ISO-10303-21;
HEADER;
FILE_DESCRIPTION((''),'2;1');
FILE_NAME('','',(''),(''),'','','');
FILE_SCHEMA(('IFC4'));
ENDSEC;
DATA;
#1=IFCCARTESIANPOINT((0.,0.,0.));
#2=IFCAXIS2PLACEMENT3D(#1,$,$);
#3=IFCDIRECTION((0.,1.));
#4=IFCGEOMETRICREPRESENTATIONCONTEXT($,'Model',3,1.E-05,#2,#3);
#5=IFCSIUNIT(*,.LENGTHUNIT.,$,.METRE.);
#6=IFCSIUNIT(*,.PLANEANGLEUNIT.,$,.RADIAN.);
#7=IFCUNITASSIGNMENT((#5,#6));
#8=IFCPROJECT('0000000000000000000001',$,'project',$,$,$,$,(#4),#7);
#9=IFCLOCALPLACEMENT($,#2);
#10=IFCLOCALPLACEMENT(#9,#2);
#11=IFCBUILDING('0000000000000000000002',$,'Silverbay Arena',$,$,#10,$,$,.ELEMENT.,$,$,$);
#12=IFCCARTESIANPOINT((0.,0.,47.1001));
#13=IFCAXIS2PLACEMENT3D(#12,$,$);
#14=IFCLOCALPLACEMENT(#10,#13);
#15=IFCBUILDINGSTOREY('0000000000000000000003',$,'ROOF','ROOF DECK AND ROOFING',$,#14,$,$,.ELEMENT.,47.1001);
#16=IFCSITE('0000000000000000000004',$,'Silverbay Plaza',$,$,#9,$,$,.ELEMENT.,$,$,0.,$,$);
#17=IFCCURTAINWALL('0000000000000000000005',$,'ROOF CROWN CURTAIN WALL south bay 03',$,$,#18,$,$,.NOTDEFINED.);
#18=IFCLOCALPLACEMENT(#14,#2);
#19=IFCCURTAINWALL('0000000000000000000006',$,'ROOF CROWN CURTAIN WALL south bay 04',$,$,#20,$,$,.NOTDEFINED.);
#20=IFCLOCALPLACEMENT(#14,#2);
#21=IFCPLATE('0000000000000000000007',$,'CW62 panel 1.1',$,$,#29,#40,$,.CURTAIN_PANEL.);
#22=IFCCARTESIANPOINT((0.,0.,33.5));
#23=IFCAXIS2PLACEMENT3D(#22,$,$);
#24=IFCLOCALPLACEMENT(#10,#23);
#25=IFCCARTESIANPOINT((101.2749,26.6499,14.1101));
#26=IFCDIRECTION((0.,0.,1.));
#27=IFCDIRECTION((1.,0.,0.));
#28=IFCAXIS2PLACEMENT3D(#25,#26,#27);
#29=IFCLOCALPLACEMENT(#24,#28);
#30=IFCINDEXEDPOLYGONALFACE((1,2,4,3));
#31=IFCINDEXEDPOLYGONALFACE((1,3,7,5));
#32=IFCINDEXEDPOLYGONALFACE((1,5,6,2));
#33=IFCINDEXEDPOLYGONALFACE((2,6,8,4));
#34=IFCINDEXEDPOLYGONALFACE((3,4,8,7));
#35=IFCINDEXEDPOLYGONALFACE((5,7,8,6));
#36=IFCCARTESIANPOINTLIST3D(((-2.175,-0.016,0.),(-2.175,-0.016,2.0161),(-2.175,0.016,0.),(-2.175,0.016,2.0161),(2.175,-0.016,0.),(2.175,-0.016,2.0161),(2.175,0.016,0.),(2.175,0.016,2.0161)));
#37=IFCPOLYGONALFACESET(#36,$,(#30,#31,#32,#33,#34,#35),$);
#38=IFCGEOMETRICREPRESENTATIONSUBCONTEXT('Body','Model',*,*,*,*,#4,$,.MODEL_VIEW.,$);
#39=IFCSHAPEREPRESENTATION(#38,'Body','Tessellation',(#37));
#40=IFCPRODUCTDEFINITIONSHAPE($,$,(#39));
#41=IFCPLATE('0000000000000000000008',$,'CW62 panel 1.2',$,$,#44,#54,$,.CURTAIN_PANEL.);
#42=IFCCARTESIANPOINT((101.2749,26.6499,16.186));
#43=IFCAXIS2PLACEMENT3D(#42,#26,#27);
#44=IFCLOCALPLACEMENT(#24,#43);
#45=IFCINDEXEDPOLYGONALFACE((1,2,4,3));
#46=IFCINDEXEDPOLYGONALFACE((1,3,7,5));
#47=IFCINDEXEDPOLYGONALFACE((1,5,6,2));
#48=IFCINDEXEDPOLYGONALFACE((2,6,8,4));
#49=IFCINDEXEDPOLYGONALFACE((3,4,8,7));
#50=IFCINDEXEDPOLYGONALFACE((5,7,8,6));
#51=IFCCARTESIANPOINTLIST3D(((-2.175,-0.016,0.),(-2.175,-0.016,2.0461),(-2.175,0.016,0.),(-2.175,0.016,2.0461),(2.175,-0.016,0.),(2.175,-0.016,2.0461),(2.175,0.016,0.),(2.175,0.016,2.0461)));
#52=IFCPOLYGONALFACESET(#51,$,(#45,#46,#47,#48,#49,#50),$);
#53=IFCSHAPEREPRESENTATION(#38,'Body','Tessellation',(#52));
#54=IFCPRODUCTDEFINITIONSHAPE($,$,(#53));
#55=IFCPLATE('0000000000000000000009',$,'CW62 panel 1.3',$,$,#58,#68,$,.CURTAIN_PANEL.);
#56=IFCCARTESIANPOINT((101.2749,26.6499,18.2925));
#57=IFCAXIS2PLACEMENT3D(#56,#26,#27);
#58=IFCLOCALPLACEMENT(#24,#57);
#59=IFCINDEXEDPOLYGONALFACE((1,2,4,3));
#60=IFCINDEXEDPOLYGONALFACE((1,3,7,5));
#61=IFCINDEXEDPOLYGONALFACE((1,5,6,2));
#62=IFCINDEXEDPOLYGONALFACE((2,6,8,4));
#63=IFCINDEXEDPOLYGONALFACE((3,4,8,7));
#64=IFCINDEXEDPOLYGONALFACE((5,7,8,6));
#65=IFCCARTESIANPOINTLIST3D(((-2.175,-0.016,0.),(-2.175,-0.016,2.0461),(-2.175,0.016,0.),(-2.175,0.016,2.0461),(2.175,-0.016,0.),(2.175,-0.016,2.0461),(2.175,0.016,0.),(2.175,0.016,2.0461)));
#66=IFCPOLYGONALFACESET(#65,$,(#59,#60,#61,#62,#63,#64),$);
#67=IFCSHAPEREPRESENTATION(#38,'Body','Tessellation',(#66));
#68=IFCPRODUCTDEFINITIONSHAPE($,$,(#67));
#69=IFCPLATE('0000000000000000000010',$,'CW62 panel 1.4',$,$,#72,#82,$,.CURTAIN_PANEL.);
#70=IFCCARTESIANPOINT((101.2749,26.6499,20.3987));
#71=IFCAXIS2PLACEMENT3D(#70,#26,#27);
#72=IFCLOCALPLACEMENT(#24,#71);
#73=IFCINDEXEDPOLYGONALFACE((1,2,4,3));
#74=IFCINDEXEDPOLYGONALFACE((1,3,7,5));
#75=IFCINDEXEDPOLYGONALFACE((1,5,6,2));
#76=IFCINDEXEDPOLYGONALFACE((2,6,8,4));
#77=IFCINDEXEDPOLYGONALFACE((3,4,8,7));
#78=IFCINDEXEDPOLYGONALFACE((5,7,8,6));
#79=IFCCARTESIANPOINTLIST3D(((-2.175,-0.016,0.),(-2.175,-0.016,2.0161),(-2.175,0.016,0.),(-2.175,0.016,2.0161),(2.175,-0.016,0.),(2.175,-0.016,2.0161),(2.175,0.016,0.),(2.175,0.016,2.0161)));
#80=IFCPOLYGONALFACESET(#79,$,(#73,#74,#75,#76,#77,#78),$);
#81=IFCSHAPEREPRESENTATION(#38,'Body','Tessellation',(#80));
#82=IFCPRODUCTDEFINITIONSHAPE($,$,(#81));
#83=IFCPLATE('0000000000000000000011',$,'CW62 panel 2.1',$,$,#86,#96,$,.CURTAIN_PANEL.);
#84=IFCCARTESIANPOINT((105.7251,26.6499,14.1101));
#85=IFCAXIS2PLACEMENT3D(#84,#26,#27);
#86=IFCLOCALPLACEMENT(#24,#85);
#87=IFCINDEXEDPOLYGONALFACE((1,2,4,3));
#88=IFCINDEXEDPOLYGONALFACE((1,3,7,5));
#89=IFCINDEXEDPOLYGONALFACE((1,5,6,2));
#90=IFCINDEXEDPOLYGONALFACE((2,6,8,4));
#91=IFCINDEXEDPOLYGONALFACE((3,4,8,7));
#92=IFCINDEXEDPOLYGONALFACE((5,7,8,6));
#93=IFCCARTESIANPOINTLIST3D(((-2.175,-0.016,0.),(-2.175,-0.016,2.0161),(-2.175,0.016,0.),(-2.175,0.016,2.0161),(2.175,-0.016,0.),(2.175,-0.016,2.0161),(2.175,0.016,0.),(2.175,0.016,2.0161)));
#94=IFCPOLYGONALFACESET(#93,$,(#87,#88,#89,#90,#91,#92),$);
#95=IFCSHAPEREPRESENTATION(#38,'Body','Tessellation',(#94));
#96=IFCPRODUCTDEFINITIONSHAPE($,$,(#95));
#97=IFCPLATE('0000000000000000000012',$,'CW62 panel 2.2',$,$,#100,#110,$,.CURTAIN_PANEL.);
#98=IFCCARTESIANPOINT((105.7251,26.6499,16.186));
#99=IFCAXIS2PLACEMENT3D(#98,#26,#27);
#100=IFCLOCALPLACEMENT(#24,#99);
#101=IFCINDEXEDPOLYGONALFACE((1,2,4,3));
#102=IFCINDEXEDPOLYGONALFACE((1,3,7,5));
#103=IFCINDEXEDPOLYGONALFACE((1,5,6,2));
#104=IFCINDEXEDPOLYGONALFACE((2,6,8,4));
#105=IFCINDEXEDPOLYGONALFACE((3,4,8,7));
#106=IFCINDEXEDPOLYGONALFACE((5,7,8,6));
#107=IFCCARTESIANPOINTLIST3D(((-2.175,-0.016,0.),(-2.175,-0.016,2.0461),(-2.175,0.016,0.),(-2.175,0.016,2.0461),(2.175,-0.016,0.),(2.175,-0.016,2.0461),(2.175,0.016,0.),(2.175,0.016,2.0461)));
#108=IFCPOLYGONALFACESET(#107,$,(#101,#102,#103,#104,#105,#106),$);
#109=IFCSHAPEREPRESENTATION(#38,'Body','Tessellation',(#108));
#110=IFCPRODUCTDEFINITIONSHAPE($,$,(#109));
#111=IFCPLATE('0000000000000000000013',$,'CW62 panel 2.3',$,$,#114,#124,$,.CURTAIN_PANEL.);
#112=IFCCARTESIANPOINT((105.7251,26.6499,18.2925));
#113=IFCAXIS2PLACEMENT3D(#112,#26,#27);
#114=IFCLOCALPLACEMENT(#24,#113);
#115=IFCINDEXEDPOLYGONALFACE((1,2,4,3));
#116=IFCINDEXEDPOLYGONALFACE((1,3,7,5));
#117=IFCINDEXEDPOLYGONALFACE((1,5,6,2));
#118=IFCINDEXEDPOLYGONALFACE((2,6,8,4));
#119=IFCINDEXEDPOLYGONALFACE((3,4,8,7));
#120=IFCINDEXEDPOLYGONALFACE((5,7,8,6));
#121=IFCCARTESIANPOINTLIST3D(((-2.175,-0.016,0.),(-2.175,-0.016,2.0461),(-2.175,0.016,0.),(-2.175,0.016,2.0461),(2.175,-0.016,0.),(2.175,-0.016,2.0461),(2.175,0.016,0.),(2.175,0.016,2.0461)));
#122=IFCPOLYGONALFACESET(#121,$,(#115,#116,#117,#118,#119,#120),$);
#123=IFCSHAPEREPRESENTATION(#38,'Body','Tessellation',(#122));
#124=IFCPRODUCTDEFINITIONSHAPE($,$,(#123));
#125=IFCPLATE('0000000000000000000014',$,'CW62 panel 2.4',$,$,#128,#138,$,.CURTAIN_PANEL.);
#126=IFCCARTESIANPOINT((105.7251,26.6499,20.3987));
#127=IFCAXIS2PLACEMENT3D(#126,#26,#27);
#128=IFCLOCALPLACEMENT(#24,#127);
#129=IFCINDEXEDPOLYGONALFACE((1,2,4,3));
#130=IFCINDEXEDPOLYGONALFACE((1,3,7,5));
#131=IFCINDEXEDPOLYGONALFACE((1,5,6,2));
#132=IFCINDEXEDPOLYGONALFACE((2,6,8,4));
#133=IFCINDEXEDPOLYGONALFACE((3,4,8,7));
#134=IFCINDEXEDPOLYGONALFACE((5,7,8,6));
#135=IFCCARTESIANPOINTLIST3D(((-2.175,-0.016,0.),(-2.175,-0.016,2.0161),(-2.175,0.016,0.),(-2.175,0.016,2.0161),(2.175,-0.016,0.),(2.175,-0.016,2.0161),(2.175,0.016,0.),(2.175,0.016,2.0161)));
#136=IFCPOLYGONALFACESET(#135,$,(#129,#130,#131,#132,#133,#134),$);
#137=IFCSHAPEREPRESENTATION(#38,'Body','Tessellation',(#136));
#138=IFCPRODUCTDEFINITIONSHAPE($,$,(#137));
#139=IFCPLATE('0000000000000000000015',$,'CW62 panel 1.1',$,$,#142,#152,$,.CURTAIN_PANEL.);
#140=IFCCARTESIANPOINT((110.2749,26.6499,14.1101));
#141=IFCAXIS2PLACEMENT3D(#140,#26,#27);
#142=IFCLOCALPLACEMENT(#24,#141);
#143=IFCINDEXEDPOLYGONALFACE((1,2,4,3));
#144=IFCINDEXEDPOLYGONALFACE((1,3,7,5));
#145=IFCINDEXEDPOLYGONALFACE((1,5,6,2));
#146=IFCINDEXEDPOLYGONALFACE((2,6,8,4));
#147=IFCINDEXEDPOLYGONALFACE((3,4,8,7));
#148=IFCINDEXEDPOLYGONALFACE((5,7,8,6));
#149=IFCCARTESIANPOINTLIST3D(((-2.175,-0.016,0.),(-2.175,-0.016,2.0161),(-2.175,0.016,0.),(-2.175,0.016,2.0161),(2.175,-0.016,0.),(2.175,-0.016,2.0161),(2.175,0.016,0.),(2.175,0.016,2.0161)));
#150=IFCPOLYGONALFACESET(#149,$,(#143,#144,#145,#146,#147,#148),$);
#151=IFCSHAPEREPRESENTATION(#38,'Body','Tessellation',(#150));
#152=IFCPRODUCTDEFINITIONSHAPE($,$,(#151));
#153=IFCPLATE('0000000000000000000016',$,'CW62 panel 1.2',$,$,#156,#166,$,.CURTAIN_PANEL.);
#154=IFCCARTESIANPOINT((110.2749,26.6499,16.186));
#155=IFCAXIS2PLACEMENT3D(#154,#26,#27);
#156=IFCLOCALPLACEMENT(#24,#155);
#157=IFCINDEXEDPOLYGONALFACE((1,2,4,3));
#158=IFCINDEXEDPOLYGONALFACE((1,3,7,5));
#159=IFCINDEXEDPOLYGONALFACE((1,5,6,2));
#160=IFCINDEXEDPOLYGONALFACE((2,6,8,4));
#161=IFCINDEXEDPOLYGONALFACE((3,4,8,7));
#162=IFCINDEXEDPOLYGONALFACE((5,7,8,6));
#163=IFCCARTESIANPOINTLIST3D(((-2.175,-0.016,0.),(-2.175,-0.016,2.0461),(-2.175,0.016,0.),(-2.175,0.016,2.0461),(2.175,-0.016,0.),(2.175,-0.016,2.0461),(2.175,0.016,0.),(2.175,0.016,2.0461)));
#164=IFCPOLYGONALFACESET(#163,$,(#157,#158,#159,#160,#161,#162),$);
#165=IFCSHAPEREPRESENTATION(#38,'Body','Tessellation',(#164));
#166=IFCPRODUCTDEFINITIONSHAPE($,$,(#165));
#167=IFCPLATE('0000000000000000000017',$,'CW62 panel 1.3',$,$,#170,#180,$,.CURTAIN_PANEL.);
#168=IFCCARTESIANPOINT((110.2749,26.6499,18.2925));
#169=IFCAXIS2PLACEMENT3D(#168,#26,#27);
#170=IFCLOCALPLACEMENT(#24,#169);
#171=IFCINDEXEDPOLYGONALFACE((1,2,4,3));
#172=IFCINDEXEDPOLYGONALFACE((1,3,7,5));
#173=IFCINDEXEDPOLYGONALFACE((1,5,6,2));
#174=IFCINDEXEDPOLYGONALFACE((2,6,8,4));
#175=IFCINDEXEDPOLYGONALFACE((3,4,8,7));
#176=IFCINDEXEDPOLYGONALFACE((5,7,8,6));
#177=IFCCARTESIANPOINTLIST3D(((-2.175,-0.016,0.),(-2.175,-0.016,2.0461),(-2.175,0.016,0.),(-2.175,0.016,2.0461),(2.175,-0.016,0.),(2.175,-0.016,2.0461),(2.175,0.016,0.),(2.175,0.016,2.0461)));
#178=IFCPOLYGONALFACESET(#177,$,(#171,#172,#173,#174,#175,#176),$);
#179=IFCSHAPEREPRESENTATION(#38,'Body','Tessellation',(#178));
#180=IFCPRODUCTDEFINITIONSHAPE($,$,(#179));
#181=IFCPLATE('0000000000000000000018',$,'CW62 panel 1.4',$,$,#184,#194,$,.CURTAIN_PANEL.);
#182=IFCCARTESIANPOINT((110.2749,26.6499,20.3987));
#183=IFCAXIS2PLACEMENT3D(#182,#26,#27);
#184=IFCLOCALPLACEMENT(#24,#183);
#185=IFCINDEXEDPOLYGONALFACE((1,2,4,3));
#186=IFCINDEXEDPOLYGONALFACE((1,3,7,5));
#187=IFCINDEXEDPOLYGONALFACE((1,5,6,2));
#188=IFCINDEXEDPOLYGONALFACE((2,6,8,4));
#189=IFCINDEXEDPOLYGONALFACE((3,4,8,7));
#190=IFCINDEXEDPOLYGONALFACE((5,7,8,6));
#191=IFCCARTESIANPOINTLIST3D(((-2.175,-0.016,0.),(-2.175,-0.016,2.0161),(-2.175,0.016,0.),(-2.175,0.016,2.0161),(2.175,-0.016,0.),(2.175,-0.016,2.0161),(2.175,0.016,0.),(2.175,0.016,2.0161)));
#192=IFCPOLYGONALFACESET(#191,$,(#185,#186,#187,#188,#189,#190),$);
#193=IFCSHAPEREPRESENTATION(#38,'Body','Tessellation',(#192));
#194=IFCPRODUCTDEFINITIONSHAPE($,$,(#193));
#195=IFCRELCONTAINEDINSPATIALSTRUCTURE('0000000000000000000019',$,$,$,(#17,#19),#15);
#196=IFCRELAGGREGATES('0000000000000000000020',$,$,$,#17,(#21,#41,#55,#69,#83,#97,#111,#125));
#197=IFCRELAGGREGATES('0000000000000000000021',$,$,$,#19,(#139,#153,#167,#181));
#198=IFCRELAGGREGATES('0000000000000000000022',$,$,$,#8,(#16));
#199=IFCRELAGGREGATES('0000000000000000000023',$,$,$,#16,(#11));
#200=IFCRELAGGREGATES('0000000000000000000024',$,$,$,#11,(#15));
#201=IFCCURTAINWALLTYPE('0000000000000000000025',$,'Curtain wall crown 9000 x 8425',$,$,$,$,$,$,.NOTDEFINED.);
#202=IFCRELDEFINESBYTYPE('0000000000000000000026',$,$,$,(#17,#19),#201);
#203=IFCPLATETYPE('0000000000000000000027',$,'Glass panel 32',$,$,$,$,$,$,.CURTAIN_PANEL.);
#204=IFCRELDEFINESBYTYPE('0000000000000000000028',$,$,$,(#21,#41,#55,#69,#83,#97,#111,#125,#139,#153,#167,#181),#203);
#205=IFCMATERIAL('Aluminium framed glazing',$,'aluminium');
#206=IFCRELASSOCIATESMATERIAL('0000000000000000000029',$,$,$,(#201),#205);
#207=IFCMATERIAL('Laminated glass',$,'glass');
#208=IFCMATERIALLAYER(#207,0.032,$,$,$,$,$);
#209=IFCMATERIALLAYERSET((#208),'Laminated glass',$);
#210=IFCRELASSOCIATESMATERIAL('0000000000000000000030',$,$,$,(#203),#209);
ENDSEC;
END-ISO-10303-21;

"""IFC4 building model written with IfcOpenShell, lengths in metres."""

from ifc_helpers import new_model, si_unit, direction, frame, origin, origin_2d, place, context, subcontext, project, spatial, rectangle, extrude, material, layer, layer_set, type_object, element, aggregate, save


model = new_model("IFC4")

# Units and contexts
model_context = context("Model", 3, precision=1e-05, world=origin(), true_north=direction((0.0, 1.0)))
body_context = subcontext(model_context, "Body", "Model", "MODEL_VIEW")
ifc_project = project(units=[si_unit("LENGTHUNIT", "METRE"), si_unit("PLANEANGLEUNIT", "RADIAN")], contexts=[model_context])

# Site, building, storey
site_placement = place(None, origin())
site = spatial("IfcSite", under=ifc_project, at=site_placement, Name="Silverbay Plaza", CompositionType="ELEMENT", RefElevation=0.0)
building_placement = place(site_placement, origin())
building = spatial("IfcBuilding", under=site, at=building_placement, Name="Silverbay Arena", CompositionType="ELEMENT")
storey_placement = place(building_placement, frame((0.0, 0.0, 47.1001)))
storey = spatial("IfcBuildingStorey", under=building, at=storey_placement, Name="ROOF", Description="ROOF DECK AND ROOFING", CompositionType="ELEMENT", Elevation=47.1001)

# Curtain walls
ifc_material_1 = material(Name="Aluminium framed glazing", Category="aluminium")
curtain_wall_type = type_object("IfcCurtainWallType", Name="Curtain wall crown 9000 x 8425", PredefinedType="NOTDEFINED", material=ifc_material_1)
curtain_wall_1_placement = place(storey_placement, origin())
curtain_wall_1 = element("IfcCurtainWall", 1, at=curtain_wall_1_placement, inside=storey, type_object=curtain_wall_type, Name="ROOF CROWN CURTAIN WALL south bay 03", PredefinedType="NOTDEFINED")
placement = place(building_placement, frame((0.0, 0.0, 33.5)))
curtain_wall_2_placement = place(storey_placement, origin())
curtain_wall_2 = element("IfcCurtainWall", 2, at=curtain_wall_2_placement, inside=storey, type_object=curtain_wall_type, Name="ROOF CROWN CURTAIN WALL south bay 04", PredefinedType="NOTDEFINED")

# Plates
ifc_material_2 = material(Name="Laminated glass", Category="glass")
ifc_layer = layer(ifc_material_2, 0.032)
ifc_layer_set = layer_set([ifc_layer], Name="Laminated glass")
plate_type = type_object("IfcPlateType", Name="Glass panel 32", PredefinedType="CURTAIN_PANEL", material=ifc_layer_set)
plate_1_placement = place(placement, frame((101.2749, 26.6499, 14.1101), z_axis=(0.0, 0.0, 1.0), x_axis=(1.0, 0.0, 0.0)))
plate_1 = element("IfcPlate", 3, at=plate_1_placement, type_object=plate_type, Name="CW62 panel 1.1", PredefinedType="CURTAIN_PANEL", context=body_context, shape_type="SweptSolid", body=[
    extrude(rectangle(XDim=4.3501, YDim=0.032, at=origin_2d()), origin(), (0.0, 0.0, 1.0), 2.0161),
])
plate_2_placement = place(placement, frame((101.2749, 26.6499, 16.186), z_axis=(0.0, 0.0, 1.0), x_axis=(1.0, 0.0, 0.0)))
plate_2 = element("IfcPlate", 4, at=plate_2_placement, type_object=plate_type, Name="CW62 panel 1.2", PredefinedType="CURTAIN_PANEL", context=body_context, shape_type="SweptSolid", body=[
    extrude(rectangle(XDim=4.3501, YDim=0.032, at=origin_2d()), origin(), (0.0, 0.0, 1.0), 2.0461),
])
plate_3_placement = place(placement, frame((101.2749, 26.6499, 18.2925), z_axis=(0.0, 0.0, 1.0), x_axis=(1.0, 0.0, 0.0)))
plate_3 = element("IfcPlate", 5, at=plate_3_placement, type_object=plate_type, Name="CW62 panel 1.3", PredefinedType="CURTAIN_PANEL", context=body_context, shape_type="SweptSolid", body=[
    extrude(rectangle(XDim=4.3501, YDim=0.032, at=origin_2d()), origin(), (0.0, 0.0, 1.0), 2.0461),
])
plate_4_placement = place(placement, frame((101.2749, 26.6499, 20.3987), z_axis=(0.0, 0.0, 1.0), x_axis=(1.0, 0.0, 0.0)))
plate_4 = element("IfcPlate", 6, at=plate_4_placement, type_object=plate_type, Name="CW62 panel 1.4", PredefinedType="CURTAIN_PANEL", context=body_context, shape_type="SweptSolid", body=[
    extrude(rectangle(XDim=4.3501, YDim=0.032, at=origin_2d()), origin(), (0.0, 0.0, 1.0), 2.0161),
])
plate_5_placement = place(placement, frame((105.7251, 26.6499, 14.1101), z_axis=(0.0, 0.0, 1.0), x_axis=(1.0, 0.0, 0.0)))
plate_5 = element("IfcPlate", 7, at=plate_5_placement, type_object=plate_type, Name="CW62 panel 2.1", PredefinedType="CURTAIN_PANEL", context=body_context, shape_type="SweptSolid", body=[
    extrude(rectangle(XDim=4.3501, YDim=0.032, at=origin_2d()), origin(), (0.0, 0.0, 1.0), 2.0161),
])
plate_6_placement = place(placement, frame((105.7251, 26.6499, 16.186), z_axis=(0.0, 0.0, 1.0), x_axis=(1.0, 0.0, 0.0)))
plate_6 = element("IfcPlate", 8, at=plate_6_placement, type_object=plate_type, Name="CW62 panel 2.2", PredefinedType="CURTAIN_PANEL", context=body_context, shape_type="SweptSolid", body=[
    extrude(rectangle(XDim=4.3501, YDim=0.032, at=origin_2d()), origin(), (0.0, 0.0, 1.0), 2.0461),
])
plate_7_placement = place(placement, frame((105.7251, 26.6499, 18.2925), z_axis=(0.0, 0.0, 1.0), x_axis=(1.0, 0.0, 0.0)))
plate_7 = element("IfcPlate", 9, at=plate_7_placement, type_object=plate_type, Name="CW62 panel 2.3", PredefinedType="CURTAIN_PANEL", context=body_context, shape_type="SweptSolid", body=[
    extrude(rectangle(XDim=4.3501, YDim=0.032, at=origin_2d()), origin(), (0.0, 0.0, 1.0), 2.0461),
])
plate_8_placement = place(placement, frame((105.7251, 26.6499, 20.3987), z_axis=(0.0, 0.0, 1.0), x_axis=(1.0, 0.0, 0.0)))
plate_8 = element("IfcPlate", 10, at=plate_8_placement, type_object=plate_type, Name="CW62 panel 2.4", PredefinedType="CURTAIN_PANEL", context=body_context, shape_type="SweptSolid", body=[
    extrude(rectangle(XDim=4.3501, YDim=0.032, at=origin_2d()), origin(), (0.0, 0.0, 1.0), 2.0161),
])
aggregate(curtain_wall_1, [plate_1, plate_2, plate_3, plate_4, plate_5, plate_6, plate_7, plate_8])
plate_9_placement = place(placement, frame((110.2749, 26.6499, 14.1101), z_axis=(0.0, 0.0, 1.0), x_axis=(1.0, 0.0, 0.0)))
plate_9 = element("IfcPlate", 11, at=plate_9_placement, type_object=plate_type, Name="CW62 panel 1.1", PredefinedType="CURTAIN_PANEL", context=body_context, shape_type="SweptSolid", body=[
    extrude(rectangle(XDim=4.3501, YDim=0.032, at=origin_2d()), origin(), (0.0, 0.0, 1.0), 2.0161),
])
plate_10_placement = place(placement, frame((110.2749, 26.6499, 16.186), z_axis=(0.0, 0.0, 1.0), x_axis=(1.0, 0.0, 0.0)))
plate_10 = element("IfcPlate", 12, at=plate_10_placement, type_object=plate_type, Name="CW62 panel 1.2", PredefinedType="CURTAIN_PANEL", context=body_context, shape_type="SweptSolid", body=[
    extrude(rectangle(XDim=4.3501, YDim=0.032, at=origin_2d()), origin(), (0.0, 0.0, 1.0), 2.0461),
])
plate_11_placement = place(placement, frame((110.2749, 26.6499, 18.2925), z_axis=(0.0, 0.0, 1.0), x_axis=(1.0, 0.0, 0.0)))
plate_11 = element("IfcPlate", 13, at=plate_11_placement, type_object=plate_type, Name="CW62 panel 1.3", PredefinedType="CURTAIN_PANEL", context=body_context, shape_type="SweptSolid", body=[
    extrude(rectangle(XDim=4.3501, YDim=0.032, at=origin_2d()), origin(), (0.0, 0.0, 1.0), 2.0461),
])
plate_12_placement = place(placement, frame((110.2749, 26.6499, 20.3987), z_axis=(0.0, 0.0, 1.0), x_axis=(1.0, 0.0, 0.0)))
plate_12 = element("IfcPlate", 14, at=plate_12_placement, type_object=plate_type, Name="CW62 panel 1.4", PredefinedType="CURTAIN_PANEL", context=body_context, shape_type="SweptSolid", body=[
    extrude(rectangle(XDim=4.3501, YDim=0.032, at=origin_2d()), origin(), (0.0, 0.0, 1.0), 2.0161),
])
aggregate(curtain_wall_2, [plate_9, plate_10, plate_11, plate_12])

save(model, "model.ifc")
